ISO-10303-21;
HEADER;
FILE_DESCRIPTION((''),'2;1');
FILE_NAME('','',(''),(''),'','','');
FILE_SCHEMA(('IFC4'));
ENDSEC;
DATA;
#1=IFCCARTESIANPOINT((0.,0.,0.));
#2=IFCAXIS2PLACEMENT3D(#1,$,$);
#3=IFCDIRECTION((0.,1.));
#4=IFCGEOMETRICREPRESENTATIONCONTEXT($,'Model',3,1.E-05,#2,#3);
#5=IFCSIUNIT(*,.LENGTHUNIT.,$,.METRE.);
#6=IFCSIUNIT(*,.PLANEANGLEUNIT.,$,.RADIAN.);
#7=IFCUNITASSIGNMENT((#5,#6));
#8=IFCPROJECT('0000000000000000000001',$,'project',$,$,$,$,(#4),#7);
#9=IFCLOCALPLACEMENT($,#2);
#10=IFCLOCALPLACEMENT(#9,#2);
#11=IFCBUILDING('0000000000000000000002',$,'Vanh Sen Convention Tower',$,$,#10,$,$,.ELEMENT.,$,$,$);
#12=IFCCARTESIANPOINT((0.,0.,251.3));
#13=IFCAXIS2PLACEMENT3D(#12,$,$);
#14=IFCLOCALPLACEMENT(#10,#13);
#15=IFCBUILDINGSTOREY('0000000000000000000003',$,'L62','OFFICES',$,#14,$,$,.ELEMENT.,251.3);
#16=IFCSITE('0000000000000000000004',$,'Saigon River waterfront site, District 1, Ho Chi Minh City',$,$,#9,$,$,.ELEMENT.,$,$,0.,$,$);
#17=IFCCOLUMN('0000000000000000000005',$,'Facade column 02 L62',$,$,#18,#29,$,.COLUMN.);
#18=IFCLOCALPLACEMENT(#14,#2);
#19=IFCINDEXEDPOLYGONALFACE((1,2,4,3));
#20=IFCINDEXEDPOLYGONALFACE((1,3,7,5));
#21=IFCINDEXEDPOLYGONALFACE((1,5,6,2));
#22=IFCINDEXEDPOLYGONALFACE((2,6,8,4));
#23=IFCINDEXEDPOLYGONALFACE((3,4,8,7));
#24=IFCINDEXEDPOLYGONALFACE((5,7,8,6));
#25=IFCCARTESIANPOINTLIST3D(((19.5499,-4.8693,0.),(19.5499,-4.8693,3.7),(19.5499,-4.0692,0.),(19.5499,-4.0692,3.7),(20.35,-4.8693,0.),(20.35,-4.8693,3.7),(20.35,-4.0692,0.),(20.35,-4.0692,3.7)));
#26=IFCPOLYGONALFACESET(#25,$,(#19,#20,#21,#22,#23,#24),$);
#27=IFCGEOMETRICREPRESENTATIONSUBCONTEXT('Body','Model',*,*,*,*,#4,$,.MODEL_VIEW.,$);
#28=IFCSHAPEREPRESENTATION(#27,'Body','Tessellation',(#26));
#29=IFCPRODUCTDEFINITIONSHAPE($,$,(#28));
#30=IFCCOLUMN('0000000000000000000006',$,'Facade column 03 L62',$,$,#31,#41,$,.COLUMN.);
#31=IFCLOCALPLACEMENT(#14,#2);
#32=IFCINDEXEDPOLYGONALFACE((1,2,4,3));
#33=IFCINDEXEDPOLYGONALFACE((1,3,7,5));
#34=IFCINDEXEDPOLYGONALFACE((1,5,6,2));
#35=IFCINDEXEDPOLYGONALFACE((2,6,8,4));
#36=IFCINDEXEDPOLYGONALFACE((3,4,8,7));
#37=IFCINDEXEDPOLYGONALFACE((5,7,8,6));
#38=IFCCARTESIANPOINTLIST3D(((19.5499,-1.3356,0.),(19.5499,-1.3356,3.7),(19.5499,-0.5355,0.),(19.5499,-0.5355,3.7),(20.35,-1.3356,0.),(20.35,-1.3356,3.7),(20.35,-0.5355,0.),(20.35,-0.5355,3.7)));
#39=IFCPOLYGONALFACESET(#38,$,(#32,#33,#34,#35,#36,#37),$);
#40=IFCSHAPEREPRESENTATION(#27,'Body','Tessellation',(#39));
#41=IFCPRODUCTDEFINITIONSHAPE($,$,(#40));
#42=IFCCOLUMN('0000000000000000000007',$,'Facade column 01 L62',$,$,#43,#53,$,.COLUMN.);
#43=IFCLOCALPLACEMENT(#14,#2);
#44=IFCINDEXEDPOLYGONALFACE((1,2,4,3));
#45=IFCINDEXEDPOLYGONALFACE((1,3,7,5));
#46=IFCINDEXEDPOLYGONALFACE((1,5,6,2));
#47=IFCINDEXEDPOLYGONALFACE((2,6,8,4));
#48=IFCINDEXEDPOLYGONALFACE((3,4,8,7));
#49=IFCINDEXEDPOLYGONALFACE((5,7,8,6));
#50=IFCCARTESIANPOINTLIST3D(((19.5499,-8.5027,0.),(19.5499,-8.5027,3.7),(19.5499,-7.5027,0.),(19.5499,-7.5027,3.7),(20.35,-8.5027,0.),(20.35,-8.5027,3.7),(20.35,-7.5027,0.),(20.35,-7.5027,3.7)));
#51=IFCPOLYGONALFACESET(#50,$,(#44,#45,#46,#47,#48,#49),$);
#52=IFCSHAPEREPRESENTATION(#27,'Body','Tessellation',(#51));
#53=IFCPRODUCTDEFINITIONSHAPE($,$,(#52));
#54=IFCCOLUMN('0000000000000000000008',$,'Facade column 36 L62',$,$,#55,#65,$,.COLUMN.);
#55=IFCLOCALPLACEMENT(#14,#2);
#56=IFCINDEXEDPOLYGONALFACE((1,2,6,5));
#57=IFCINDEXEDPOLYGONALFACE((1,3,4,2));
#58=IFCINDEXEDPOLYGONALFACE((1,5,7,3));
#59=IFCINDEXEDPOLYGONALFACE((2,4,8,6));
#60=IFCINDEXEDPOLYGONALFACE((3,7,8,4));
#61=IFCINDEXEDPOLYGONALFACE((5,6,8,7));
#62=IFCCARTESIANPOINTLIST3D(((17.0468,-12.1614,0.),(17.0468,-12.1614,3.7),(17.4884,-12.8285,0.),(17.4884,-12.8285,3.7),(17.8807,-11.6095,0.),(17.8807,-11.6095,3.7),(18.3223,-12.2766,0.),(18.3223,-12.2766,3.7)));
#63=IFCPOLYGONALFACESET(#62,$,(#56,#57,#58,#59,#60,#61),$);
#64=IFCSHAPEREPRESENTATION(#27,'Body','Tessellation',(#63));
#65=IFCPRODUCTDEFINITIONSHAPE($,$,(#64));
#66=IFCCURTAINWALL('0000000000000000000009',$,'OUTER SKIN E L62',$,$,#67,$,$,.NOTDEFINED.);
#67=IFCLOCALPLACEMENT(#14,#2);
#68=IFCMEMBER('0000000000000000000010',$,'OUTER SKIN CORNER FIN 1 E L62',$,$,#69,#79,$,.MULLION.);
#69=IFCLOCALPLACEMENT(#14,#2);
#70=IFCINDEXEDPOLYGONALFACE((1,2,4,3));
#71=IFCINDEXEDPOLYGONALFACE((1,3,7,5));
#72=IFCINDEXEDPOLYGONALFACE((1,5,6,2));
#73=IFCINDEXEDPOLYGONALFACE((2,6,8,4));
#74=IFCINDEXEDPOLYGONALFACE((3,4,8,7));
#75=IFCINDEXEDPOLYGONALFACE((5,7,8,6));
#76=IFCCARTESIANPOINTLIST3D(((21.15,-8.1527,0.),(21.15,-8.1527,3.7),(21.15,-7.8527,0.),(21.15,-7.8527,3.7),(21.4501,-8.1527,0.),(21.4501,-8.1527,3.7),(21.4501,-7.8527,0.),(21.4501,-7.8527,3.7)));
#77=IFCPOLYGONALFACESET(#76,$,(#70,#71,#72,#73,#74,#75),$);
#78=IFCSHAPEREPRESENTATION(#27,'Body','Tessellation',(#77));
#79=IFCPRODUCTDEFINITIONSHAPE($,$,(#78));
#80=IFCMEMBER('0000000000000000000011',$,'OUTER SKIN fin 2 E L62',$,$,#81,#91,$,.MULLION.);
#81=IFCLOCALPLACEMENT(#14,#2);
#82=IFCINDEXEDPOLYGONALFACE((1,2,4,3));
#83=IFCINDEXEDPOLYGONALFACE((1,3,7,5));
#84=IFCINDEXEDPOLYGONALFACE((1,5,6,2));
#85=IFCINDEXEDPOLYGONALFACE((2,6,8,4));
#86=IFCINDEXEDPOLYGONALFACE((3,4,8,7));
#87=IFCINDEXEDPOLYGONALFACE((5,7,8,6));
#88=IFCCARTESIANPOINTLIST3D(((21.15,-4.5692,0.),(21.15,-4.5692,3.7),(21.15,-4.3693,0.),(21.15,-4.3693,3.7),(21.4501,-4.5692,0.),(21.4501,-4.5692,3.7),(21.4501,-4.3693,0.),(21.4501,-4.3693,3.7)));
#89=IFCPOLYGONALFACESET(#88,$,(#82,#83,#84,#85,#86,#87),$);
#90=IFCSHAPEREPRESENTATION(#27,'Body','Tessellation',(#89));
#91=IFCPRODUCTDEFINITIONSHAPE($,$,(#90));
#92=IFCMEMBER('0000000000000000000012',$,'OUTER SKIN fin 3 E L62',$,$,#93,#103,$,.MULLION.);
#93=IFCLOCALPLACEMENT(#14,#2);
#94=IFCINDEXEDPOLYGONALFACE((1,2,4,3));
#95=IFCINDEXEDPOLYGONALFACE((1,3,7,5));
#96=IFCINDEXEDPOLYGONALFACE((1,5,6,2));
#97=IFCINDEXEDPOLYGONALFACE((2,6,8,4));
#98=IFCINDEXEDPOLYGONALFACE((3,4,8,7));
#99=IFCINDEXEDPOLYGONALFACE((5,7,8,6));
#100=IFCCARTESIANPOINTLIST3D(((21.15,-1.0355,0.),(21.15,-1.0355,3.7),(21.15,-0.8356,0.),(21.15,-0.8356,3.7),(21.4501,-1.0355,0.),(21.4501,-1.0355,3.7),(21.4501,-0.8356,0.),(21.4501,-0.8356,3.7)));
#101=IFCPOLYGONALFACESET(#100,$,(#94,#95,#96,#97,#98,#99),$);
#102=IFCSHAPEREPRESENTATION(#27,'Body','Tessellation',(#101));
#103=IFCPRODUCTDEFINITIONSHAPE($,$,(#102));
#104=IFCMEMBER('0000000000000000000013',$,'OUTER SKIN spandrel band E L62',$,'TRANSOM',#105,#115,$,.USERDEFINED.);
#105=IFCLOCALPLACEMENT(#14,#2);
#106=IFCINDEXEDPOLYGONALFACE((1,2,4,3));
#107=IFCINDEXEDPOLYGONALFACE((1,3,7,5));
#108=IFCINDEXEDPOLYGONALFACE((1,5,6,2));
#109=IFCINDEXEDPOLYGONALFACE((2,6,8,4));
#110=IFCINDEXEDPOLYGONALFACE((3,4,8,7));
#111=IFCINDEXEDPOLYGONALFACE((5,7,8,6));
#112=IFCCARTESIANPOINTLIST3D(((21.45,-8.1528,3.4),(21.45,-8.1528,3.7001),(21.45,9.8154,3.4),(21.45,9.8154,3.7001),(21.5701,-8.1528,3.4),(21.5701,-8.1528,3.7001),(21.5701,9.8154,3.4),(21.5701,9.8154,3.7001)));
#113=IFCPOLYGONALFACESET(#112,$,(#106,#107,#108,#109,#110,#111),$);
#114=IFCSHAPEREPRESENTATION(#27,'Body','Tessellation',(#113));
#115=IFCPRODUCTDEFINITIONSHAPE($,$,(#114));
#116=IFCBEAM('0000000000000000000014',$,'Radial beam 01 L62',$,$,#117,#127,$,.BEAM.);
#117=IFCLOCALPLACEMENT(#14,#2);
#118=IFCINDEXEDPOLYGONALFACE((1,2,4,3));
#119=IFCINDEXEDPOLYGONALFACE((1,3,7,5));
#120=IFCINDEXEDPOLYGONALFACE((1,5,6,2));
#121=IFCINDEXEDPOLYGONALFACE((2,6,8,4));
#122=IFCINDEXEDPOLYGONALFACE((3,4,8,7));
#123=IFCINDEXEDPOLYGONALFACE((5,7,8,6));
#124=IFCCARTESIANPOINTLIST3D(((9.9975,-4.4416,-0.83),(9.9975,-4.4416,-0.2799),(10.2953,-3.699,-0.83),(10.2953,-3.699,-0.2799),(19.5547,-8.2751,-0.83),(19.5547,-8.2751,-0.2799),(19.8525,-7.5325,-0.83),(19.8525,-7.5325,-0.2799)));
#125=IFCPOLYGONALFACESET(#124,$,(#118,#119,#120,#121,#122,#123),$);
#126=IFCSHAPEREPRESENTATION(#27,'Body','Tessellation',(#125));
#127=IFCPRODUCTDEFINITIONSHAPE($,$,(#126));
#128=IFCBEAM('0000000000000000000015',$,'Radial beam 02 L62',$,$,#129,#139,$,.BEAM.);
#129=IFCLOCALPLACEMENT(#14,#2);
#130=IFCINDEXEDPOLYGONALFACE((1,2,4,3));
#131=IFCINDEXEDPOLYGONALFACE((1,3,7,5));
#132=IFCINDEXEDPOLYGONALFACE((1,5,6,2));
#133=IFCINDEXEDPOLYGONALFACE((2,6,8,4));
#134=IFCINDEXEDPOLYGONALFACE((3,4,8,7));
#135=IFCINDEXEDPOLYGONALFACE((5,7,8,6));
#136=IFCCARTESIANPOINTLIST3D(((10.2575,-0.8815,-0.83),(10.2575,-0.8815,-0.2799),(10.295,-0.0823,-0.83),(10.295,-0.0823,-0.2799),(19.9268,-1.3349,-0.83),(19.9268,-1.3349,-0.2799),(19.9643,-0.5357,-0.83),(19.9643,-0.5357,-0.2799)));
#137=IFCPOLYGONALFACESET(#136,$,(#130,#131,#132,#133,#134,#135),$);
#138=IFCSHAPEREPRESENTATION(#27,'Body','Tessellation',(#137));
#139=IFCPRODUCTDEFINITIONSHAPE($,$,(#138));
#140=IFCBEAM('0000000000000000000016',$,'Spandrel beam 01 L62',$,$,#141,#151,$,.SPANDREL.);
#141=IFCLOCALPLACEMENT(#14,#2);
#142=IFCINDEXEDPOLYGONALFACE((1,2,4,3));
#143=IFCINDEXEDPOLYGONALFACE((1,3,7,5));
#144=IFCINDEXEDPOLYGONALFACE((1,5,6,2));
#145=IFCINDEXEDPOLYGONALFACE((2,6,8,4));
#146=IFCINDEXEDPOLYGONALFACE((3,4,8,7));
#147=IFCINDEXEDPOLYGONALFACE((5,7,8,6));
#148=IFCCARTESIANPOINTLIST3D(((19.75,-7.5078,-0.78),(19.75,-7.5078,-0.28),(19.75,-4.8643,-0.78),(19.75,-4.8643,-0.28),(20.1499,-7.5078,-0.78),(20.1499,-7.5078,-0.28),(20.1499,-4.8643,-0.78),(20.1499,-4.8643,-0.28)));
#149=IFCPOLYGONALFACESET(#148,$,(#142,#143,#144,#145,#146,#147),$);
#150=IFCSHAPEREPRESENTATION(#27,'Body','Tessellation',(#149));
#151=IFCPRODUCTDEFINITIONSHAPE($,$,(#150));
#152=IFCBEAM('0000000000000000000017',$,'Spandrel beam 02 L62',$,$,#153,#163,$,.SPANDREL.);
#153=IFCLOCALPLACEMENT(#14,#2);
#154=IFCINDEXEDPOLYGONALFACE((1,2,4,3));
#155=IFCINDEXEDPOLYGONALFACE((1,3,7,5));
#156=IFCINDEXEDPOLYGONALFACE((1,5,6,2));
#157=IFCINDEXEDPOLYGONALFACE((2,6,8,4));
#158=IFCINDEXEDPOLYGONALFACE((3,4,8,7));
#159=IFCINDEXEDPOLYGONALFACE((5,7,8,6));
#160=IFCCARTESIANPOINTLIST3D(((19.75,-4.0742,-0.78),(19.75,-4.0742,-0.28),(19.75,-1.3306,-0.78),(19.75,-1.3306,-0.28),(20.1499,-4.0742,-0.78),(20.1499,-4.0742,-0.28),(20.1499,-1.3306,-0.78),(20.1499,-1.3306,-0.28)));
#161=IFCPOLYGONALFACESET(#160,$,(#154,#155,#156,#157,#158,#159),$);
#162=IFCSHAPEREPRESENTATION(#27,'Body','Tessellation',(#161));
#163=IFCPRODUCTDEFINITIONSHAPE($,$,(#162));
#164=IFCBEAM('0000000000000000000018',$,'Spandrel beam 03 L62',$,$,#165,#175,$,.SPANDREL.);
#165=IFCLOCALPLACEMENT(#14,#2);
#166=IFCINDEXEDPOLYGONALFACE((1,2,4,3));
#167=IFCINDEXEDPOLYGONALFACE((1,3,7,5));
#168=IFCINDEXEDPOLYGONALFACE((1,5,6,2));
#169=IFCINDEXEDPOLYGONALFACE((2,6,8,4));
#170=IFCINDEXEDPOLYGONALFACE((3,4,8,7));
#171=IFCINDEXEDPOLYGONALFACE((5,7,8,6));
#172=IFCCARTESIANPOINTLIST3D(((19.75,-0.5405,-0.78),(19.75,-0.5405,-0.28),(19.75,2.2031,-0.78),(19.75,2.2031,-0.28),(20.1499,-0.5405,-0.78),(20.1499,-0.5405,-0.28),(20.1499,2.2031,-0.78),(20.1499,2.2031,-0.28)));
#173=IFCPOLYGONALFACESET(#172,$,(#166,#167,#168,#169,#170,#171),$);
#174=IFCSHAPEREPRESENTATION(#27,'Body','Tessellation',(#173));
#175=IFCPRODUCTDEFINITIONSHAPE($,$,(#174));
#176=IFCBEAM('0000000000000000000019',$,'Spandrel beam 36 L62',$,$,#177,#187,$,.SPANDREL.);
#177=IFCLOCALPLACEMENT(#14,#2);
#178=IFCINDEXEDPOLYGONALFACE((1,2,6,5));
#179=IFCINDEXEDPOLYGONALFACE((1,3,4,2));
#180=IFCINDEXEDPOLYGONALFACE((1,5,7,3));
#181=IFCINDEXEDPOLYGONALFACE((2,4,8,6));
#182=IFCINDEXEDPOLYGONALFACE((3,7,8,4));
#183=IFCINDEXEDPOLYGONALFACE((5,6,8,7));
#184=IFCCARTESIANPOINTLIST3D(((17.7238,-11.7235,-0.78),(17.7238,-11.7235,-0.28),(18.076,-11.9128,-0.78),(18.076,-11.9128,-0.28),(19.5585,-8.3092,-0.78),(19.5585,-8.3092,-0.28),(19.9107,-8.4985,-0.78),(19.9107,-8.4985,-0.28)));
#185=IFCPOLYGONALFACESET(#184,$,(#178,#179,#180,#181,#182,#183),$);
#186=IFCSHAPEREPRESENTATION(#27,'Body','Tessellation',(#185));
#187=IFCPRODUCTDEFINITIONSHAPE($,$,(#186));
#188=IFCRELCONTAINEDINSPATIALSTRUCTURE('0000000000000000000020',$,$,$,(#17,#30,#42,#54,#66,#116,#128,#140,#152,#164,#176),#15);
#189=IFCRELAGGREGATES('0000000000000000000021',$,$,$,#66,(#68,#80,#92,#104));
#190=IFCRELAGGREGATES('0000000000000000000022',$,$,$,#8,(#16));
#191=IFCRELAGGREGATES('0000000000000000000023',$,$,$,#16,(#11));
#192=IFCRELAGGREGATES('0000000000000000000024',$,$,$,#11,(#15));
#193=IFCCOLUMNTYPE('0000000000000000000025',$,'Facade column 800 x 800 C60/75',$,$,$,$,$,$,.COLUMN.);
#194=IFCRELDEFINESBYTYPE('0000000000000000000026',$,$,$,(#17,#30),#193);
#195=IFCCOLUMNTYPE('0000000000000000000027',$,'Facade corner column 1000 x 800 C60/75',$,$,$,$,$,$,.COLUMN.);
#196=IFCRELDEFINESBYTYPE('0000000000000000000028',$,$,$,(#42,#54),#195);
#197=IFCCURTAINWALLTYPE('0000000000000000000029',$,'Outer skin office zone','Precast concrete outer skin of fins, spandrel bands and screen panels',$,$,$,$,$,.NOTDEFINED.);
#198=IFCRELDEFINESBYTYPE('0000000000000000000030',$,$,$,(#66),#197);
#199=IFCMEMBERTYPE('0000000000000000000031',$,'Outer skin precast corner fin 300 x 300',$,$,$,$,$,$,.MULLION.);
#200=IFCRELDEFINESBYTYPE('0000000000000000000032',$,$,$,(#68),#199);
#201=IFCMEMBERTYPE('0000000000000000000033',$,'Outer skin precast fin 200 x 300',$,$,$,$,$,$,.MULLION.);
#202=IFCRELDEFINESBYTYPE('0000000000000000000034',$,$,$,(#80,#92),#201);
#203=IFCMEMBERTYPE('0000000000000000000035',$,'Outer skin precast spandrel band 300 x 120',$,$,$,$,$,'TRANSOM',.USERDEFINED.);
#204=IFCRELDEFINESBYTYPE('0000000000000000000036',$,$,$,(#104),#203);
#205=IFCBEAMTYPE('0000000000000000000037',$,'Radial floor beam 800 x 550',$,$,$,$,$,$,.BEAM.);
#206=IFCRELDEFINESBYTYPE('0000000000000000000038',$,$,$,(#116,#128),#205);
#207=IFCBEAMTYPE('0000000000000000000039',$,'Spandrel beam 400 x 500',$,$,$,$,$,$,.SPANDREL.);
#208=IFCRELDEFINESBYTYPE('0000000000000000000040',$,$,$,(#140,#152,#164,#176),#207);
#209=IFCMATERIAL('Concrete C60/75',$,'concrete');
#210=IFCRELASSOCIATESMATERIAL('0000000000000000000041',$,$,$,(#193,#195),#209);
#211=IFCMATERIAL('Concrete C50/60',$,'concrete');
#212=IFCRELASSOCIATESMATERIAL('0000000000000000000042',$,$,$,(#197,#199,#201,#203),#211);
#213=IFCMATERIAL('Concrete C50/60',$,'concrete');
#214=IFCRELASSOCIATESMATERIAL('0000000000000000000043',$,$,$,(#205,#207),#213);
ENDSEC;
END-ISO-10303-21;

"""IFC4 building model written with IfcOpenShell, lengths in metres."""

from ifc_helpers import new_model, si_unit, direction, frame, origin, origin_2d, place, context, subcontext, project, spatial, rectangle, extrude, material, material_profile, profile_set, type_object, element, aggregate, save


model = new_model("IFC4")

# Units and contexts
model_context = context("Model", 3, precision=1e-05, world=origin(), true_north=direction((0.0, 1.0)))
body_context = subcontext(model_context, "Body", "Model", "MODEL_VIEW")
ifc_project = project(units=[si_unit("LENGTHUNIT", "METRE"), si_unit("PLANEANGLEUNIT", "RADIAN")], contexts=[model_context])

# Site, building, storey
site_placement = place(None, origin())
site = spatial("IfcSite", under=ifc_project, at=site_placement, Name="Saigon River waterfront site, District 1, Ho Chi Minh City", CompositionType="ELEMENT", RefElevation=0.0)
building_placement = place(site_placement, origin())
building = spatial("IfcBuilding", under=site, at=building_placement, Name="Vanh Sen Convention Tower", CompositionType="ELEMENT")
storey_placement = place(building_placement, frame((0.0, 0.0, 251.3)))
storey = spatial("IfcBuildingStorey", under=building, at=storey_placement, Name="L62", Description="OFFICES", CompositionType="ELEMENT", Elevation=251.3)

# Columns
ifc_material_1 = material(Name="Concrete C60/75", Category="concrete")
ifc_material_profile_1 = material_profile(ifc_material_1, rectangle(XDim=0.8, YDim=0.8, at=origin_2d()), Name="RC 800X800")
ifc_profile_set_1 = profile_set([ifc_material_profile_1], Name="Concrete C60/75")
column_type_1 = type_object("IfcColumnType", Name="Facade column 800 x 800 C60/75", PredefinedType="COLUMN", material=ifc_profile_set_1)
for number, where, z_axis, x_axis, name in (
    (1, (19.95, -4.4692, 0.0), (0.0, 0.0, 1.0), (0.0, 1.0, 0.0), "Facade column 02 L62"),
    (2, (19.95, -0.9355, 0.0), (0.0, 0.0, 1.0), (0.0, 1.0, 0.0), "Facade column 03 L62"),
):
    element("IfcColumn", number, at=place(storey_placement, frame(where, z_axis=z_axis, x_axis=x_axis)), inside=storey, type_object=column_type_1, Name=name, PredefinedType="COLUMN", context=body_context, shape_type="SweptSolid", body=[
        extrude(rectangle(XDim=0.8, YDim=0.8, at=origin_2d()), origin(), (0.0, 0.0, 1.0), 3.7),
    ])
ifc_material_profile_2 = material_profile(ifc_material_1, rectangle(XDim=1.0, YDim=0.8, at=origin_2d()), Name="RC 1000X800")
ifc_profile_set_2 = profile_set([ifc_material_profile_2], Name="Concrete C60/75")
column_type_2 = type_object("IfcColumnType", Name="Facade corner column 1000 x 800 C60/75", PredefinedType="COLUMN", material=ifc_profile_set_2)
for number, where, z_axis, x_axis, name in (
    (3, (19.95, -8.0027, 0.0), (0.0, 0.0, 1.0), (0.0, 1.0, 0.0), "Facade column 01 L62"),
    (4, (17.6846, -12.219, 0.0), (0.0, 0.0, 1.0), (0.833886, 0.551937, 0.0), "Facade column 36 L62"),
):
    element("IfcColumn", number, at=place(storey_placement, frame(where, z_axis=z_axis, x_axis=x_axis)), inside=storey, type_object=column_type_2, Name=name, PredefinedType="COLUMN", context=body_context, shape_type="SweptSolid", body=[
        extrude(rectangle(XDim=1.0, YDim=0.8, at=origin_2d()), origin(), (0.0, 0.0, 1.0), 3.7),
    ])

# Curtain wall, members
ifc_material_2 = material(Name="Concrete C50/60", Category="concrete")
curtain_wall_type = type_object("IfcCurtainWallType", Name="Outer skin office zone", Description="Precast concrete outer skin of fins, spandrel bands and screen panels", PredefinedType="NOTDEFINED", material=ifc_material_2)
curtain_wall_1_placement = place(storey_placement, origin())
curtain_wall_1 = element("IfcCurtainWall", 5, at=curtain_wall_1_placement, inside=storey, type_object=curtain_wall_type, Name="OUTER SKIN E L62", PredefinedType="NOTDEFINED")
ifc_material_profile_3 = material_profile(ifc_material_2, rectangle(XDim=0.3, YDim=0.3, at=origin_2d()), Name="Outer skin precast corner fin 300 x 300")
ifc_profile_set_3 = profile_set([ifc_material_profile_3], Name="Concrete C50/60")
member_type_1 = type_object("IfcMemberType", Name="Outer skin precast corner fin 300 x 300", PredefinedType="MULLION", material=ifc_profile_set_3)
member_1_placement = place(storey_placement, frame((21.3, -8.0027, 0.0), z_axis=(0.0, 0.0, 1.0), x_axis=(0.0, 1.0, 0.0)))
member_1 = element("IfcMember", 6, at=member_1_placement, type_object=member_type_1, Name="OUTER SKIN CORNER FIN 1 E L62", PredefinedType="MULLION", context=body_context, shape_type="SweptSolid", body=[
    extrude(rectangle(XDim=0.3, YDim=0.3, at=origin_2d()), origin(), (0.0, 0.0, 1.0), 3.7),
])
ifc_material_profile_4 = material_profile(ifc_material_2, rectangle(XDim=0.2, YDim=0.3, at=origin_2d()), Name="Outer skin precast fin 200 x 300")
ifc_profile_set_4 = profile_set([ifc_material_profile_4], Name="Concrete C50/60")
member_type_2 = type_object("IfcMemberType", Name="Outer skin precast fin 200 x 300", PredefinedType="MULLION", material=ifc_profile_set_4)
member_2_placement = place(storey_placement, frame((21.3, -4.4692, 0.0), z_axis=(0.0, 0.0, 1.0), x_axis=(0.0, 1.0, 0.0)))
member_2 = element("IfcMember", 7, at=member_2_placement, type_object=member_type_2, Name="OUTER SKIN fin 2 E L62", PredefinedType="MULLION", context=body_context, shape_type="SweptSolid", body=[
    extrude(rectangle(XDim=0.2, YDim=0.3, at=origin_2d()), origin(), (0.0, 0.0, 1.0), 3.7),
])
member_3_placement = place(storey_placement, frame((21.3, -0.9355, 0.0), z_axis=(0.0, 0.0, 1.0), x_axis=(0.0, 1.0, 0.0)))
member_3 = element("IfcMember", 8, at=member_3_placement, type_object=member_type_2, Name="OUTER SKIN fin 3 E L62", PredefinedType="MULLION", context=body_context, shape_type="SweptSolid", body=[
    extrude(rectangle(XDim=0.2, YDim=0.3, at=origin_2d()), origin(), (0.0, 0.0, 1.0), 3.7),
])
ifc_material_profile_5 = material_profile(ifc_material_2, rectangle(XDim=0.1201, YDim=0.3, at=origin_2d()), Name="Outer skin precast spandrel band 300 x 120")
ifc_profile_set_5 = profile_set([ifc_material_profile_5], Name="Concrete C50/60")
member_type_3 = type_object("IfcMemberType", Name="Outer skin precast spandrel band 300 x 120", ElementType="TRANSOM", PredefinedType="USERDEFINED", material=ifc_profile_set_5)
member_4_placement = place(storey_placement, frame((21.51, -8.1528, 3.55), z_axis=(0.0, 1.0, 0.0), x_axis=(-1.0, 0.0, 0.0)))
member_4 = element("IfcMember", 9, at=member_4_placement, type_object=member_type_3, Name="OUTER SKIN spandrel band E L62", ObjectType="TRANSOM", PredefinedType="USERDEFINED", context=body_context, shape_type="SweptSolid", body=[
    extrude(rectangle(XDim=0.1201, YDim=0.3, at=origin_2d()), origin(), (0.0, 0.0, 1.0), 17.9683),
])

# Beams
ifc_material_3 = material(Name="Concrete C50/60", Category="concrete")
ifc_material_profile_6 = material_profile(ifc_material_3, rectangle(XDim=0.8, YDim=0.55, at=origin_2d()), Name="RC 800X550")
ifc_profile_set_6 = profile_set([ifc_material_profile_6], Name="Concrete C50/60")
beam_type_1 = type_object("IfcBeamType", Name="Radial floor beam 800 x 550", PredefinedType="BEAM", material=ifc_profile_set_6)
beam_1_placement = place(storey_placement, frame((19.7036, -7.9038, -0.5549), z_axis=(-0.92812, 0.372282, 0.0), x_axis=(-0.372282, -0.92812, 0.0)))
element("IfcBeam", 10, at=beam_1_placement, inside=storey, type_object=beam_type_1, Name="Radial beam 01 L62", PredefinedType="BEAM", context=body_context, shape_type="SweptSolid", body=[
    extrude(rectangle(XDim=0.8, YDim=0.55, at=origin_2d()), origin(), (0.0, 0.0, 1.0), 10.2974),
])
beam_2_placement = place(storey_placement, frame((19.9456, -0.9353, -0.5549), z_axis=(-0.998903, 0.046837, 0.0), x_axis=(-0.046837, -0.998903, 0.0)))
element("IfcBeam", 11, at=beam_2_placement, inside=storey, type_object=beam_type_1, Name="Radial beam 02 L62", PredefinedType="BEAM", context=body_context, shape_type="SweptSolid", body=[
    extrude(rectangle(XDim=0.8, YDim=0.55, at=origin_2d()), origin(), (0.0, 0.0, 1.0), 9.6799),
])
ifc_material_profile_7 = material_profile(ifc_material_3, rectangle(XDim=0.3999, YDim=0.5, at=origin_2d()), Name="RC 400X500")
ifc_profile_set_7 = profile_set([ifc_material_profile_7], Name="Concrete C50/60")
beam_type_2 = type_object("IfcBeamType", Name="Spandrel beam 400 x 500", PredefinedType="SPANDREL", material=ifc_profile_set_7)
beam_3_placement = place(storey_placement, frame((19.95, -7.5078, -0.53), z_axis=(0.0, 1.0, 0.0), x_axis=(-1.0, 0.0, 0.0)))
element("IfcBeam", 12, at=beam_3_placement, inside=storey, type_object=beam_type_2, Name="Spandrel beam 01 L62", PredefinedType="SPANDREL", context=body_context, shape_type="SweptSolid", body=[
    extrude(rectangle(XDim=0.3999, YDim=0.5, at=origin_2d()), origin(), (0.0, 0.0, 1.0), 2.6436),
])
for number, where, z_axis, x_axis, name in (
    (13, (19.95, -4.0742, -0.53), (0.0, 1.0, 0.0), (-1.0, 0.0, 0.0), "Spandrel beam 02 L62"),
    (14, (19.95, -0.5405, -0.53), (0.0, 1.0, 0.0), (-1.0, 0.0, 0.0), "Spandrel beam 03 L62"),
):
    element("IfcBeam", number, at=place(storey_placement, frame(where, z_axis=z_axis, x_axis=x_axis)), inside=storey, type_object=beam_type_2, Name=name, PredefinedType="SPANDREL", context=body_context, shape_type="SweptSolid", body=[
        extrude(rectangle(XDim=0.3999, YDim=0.5, at=origin_2d()), origin(), (0.0, 0.0, 1.0), 2.7437),
    ])
beam_4_placement = place(storey_placement, frame((17.8999, -11.8181, -0.53), z_axis=(0.473348, 0.880875, 0.0), x_axis=(-0.880875, 0.473348, 0.0)))
element("IfcBeam", 15, at=beam_4_placement, inside=storey, type_object=beam_type_2, Name="Spandrel beam 36 L62", PredefinedType="SPANDREL", context=body_context, shape_type="SweptSolid", body=[
    extrude(rectangle(XDim=0.3999, YDim=0.5, at=origin_2d()), origin(), (0.0, 0.0, 1.0), 3.876),
])

aggregate(curtain_wall_1, [member_1, member_2, member_3, member_4])

save(model, "model.ifc")
